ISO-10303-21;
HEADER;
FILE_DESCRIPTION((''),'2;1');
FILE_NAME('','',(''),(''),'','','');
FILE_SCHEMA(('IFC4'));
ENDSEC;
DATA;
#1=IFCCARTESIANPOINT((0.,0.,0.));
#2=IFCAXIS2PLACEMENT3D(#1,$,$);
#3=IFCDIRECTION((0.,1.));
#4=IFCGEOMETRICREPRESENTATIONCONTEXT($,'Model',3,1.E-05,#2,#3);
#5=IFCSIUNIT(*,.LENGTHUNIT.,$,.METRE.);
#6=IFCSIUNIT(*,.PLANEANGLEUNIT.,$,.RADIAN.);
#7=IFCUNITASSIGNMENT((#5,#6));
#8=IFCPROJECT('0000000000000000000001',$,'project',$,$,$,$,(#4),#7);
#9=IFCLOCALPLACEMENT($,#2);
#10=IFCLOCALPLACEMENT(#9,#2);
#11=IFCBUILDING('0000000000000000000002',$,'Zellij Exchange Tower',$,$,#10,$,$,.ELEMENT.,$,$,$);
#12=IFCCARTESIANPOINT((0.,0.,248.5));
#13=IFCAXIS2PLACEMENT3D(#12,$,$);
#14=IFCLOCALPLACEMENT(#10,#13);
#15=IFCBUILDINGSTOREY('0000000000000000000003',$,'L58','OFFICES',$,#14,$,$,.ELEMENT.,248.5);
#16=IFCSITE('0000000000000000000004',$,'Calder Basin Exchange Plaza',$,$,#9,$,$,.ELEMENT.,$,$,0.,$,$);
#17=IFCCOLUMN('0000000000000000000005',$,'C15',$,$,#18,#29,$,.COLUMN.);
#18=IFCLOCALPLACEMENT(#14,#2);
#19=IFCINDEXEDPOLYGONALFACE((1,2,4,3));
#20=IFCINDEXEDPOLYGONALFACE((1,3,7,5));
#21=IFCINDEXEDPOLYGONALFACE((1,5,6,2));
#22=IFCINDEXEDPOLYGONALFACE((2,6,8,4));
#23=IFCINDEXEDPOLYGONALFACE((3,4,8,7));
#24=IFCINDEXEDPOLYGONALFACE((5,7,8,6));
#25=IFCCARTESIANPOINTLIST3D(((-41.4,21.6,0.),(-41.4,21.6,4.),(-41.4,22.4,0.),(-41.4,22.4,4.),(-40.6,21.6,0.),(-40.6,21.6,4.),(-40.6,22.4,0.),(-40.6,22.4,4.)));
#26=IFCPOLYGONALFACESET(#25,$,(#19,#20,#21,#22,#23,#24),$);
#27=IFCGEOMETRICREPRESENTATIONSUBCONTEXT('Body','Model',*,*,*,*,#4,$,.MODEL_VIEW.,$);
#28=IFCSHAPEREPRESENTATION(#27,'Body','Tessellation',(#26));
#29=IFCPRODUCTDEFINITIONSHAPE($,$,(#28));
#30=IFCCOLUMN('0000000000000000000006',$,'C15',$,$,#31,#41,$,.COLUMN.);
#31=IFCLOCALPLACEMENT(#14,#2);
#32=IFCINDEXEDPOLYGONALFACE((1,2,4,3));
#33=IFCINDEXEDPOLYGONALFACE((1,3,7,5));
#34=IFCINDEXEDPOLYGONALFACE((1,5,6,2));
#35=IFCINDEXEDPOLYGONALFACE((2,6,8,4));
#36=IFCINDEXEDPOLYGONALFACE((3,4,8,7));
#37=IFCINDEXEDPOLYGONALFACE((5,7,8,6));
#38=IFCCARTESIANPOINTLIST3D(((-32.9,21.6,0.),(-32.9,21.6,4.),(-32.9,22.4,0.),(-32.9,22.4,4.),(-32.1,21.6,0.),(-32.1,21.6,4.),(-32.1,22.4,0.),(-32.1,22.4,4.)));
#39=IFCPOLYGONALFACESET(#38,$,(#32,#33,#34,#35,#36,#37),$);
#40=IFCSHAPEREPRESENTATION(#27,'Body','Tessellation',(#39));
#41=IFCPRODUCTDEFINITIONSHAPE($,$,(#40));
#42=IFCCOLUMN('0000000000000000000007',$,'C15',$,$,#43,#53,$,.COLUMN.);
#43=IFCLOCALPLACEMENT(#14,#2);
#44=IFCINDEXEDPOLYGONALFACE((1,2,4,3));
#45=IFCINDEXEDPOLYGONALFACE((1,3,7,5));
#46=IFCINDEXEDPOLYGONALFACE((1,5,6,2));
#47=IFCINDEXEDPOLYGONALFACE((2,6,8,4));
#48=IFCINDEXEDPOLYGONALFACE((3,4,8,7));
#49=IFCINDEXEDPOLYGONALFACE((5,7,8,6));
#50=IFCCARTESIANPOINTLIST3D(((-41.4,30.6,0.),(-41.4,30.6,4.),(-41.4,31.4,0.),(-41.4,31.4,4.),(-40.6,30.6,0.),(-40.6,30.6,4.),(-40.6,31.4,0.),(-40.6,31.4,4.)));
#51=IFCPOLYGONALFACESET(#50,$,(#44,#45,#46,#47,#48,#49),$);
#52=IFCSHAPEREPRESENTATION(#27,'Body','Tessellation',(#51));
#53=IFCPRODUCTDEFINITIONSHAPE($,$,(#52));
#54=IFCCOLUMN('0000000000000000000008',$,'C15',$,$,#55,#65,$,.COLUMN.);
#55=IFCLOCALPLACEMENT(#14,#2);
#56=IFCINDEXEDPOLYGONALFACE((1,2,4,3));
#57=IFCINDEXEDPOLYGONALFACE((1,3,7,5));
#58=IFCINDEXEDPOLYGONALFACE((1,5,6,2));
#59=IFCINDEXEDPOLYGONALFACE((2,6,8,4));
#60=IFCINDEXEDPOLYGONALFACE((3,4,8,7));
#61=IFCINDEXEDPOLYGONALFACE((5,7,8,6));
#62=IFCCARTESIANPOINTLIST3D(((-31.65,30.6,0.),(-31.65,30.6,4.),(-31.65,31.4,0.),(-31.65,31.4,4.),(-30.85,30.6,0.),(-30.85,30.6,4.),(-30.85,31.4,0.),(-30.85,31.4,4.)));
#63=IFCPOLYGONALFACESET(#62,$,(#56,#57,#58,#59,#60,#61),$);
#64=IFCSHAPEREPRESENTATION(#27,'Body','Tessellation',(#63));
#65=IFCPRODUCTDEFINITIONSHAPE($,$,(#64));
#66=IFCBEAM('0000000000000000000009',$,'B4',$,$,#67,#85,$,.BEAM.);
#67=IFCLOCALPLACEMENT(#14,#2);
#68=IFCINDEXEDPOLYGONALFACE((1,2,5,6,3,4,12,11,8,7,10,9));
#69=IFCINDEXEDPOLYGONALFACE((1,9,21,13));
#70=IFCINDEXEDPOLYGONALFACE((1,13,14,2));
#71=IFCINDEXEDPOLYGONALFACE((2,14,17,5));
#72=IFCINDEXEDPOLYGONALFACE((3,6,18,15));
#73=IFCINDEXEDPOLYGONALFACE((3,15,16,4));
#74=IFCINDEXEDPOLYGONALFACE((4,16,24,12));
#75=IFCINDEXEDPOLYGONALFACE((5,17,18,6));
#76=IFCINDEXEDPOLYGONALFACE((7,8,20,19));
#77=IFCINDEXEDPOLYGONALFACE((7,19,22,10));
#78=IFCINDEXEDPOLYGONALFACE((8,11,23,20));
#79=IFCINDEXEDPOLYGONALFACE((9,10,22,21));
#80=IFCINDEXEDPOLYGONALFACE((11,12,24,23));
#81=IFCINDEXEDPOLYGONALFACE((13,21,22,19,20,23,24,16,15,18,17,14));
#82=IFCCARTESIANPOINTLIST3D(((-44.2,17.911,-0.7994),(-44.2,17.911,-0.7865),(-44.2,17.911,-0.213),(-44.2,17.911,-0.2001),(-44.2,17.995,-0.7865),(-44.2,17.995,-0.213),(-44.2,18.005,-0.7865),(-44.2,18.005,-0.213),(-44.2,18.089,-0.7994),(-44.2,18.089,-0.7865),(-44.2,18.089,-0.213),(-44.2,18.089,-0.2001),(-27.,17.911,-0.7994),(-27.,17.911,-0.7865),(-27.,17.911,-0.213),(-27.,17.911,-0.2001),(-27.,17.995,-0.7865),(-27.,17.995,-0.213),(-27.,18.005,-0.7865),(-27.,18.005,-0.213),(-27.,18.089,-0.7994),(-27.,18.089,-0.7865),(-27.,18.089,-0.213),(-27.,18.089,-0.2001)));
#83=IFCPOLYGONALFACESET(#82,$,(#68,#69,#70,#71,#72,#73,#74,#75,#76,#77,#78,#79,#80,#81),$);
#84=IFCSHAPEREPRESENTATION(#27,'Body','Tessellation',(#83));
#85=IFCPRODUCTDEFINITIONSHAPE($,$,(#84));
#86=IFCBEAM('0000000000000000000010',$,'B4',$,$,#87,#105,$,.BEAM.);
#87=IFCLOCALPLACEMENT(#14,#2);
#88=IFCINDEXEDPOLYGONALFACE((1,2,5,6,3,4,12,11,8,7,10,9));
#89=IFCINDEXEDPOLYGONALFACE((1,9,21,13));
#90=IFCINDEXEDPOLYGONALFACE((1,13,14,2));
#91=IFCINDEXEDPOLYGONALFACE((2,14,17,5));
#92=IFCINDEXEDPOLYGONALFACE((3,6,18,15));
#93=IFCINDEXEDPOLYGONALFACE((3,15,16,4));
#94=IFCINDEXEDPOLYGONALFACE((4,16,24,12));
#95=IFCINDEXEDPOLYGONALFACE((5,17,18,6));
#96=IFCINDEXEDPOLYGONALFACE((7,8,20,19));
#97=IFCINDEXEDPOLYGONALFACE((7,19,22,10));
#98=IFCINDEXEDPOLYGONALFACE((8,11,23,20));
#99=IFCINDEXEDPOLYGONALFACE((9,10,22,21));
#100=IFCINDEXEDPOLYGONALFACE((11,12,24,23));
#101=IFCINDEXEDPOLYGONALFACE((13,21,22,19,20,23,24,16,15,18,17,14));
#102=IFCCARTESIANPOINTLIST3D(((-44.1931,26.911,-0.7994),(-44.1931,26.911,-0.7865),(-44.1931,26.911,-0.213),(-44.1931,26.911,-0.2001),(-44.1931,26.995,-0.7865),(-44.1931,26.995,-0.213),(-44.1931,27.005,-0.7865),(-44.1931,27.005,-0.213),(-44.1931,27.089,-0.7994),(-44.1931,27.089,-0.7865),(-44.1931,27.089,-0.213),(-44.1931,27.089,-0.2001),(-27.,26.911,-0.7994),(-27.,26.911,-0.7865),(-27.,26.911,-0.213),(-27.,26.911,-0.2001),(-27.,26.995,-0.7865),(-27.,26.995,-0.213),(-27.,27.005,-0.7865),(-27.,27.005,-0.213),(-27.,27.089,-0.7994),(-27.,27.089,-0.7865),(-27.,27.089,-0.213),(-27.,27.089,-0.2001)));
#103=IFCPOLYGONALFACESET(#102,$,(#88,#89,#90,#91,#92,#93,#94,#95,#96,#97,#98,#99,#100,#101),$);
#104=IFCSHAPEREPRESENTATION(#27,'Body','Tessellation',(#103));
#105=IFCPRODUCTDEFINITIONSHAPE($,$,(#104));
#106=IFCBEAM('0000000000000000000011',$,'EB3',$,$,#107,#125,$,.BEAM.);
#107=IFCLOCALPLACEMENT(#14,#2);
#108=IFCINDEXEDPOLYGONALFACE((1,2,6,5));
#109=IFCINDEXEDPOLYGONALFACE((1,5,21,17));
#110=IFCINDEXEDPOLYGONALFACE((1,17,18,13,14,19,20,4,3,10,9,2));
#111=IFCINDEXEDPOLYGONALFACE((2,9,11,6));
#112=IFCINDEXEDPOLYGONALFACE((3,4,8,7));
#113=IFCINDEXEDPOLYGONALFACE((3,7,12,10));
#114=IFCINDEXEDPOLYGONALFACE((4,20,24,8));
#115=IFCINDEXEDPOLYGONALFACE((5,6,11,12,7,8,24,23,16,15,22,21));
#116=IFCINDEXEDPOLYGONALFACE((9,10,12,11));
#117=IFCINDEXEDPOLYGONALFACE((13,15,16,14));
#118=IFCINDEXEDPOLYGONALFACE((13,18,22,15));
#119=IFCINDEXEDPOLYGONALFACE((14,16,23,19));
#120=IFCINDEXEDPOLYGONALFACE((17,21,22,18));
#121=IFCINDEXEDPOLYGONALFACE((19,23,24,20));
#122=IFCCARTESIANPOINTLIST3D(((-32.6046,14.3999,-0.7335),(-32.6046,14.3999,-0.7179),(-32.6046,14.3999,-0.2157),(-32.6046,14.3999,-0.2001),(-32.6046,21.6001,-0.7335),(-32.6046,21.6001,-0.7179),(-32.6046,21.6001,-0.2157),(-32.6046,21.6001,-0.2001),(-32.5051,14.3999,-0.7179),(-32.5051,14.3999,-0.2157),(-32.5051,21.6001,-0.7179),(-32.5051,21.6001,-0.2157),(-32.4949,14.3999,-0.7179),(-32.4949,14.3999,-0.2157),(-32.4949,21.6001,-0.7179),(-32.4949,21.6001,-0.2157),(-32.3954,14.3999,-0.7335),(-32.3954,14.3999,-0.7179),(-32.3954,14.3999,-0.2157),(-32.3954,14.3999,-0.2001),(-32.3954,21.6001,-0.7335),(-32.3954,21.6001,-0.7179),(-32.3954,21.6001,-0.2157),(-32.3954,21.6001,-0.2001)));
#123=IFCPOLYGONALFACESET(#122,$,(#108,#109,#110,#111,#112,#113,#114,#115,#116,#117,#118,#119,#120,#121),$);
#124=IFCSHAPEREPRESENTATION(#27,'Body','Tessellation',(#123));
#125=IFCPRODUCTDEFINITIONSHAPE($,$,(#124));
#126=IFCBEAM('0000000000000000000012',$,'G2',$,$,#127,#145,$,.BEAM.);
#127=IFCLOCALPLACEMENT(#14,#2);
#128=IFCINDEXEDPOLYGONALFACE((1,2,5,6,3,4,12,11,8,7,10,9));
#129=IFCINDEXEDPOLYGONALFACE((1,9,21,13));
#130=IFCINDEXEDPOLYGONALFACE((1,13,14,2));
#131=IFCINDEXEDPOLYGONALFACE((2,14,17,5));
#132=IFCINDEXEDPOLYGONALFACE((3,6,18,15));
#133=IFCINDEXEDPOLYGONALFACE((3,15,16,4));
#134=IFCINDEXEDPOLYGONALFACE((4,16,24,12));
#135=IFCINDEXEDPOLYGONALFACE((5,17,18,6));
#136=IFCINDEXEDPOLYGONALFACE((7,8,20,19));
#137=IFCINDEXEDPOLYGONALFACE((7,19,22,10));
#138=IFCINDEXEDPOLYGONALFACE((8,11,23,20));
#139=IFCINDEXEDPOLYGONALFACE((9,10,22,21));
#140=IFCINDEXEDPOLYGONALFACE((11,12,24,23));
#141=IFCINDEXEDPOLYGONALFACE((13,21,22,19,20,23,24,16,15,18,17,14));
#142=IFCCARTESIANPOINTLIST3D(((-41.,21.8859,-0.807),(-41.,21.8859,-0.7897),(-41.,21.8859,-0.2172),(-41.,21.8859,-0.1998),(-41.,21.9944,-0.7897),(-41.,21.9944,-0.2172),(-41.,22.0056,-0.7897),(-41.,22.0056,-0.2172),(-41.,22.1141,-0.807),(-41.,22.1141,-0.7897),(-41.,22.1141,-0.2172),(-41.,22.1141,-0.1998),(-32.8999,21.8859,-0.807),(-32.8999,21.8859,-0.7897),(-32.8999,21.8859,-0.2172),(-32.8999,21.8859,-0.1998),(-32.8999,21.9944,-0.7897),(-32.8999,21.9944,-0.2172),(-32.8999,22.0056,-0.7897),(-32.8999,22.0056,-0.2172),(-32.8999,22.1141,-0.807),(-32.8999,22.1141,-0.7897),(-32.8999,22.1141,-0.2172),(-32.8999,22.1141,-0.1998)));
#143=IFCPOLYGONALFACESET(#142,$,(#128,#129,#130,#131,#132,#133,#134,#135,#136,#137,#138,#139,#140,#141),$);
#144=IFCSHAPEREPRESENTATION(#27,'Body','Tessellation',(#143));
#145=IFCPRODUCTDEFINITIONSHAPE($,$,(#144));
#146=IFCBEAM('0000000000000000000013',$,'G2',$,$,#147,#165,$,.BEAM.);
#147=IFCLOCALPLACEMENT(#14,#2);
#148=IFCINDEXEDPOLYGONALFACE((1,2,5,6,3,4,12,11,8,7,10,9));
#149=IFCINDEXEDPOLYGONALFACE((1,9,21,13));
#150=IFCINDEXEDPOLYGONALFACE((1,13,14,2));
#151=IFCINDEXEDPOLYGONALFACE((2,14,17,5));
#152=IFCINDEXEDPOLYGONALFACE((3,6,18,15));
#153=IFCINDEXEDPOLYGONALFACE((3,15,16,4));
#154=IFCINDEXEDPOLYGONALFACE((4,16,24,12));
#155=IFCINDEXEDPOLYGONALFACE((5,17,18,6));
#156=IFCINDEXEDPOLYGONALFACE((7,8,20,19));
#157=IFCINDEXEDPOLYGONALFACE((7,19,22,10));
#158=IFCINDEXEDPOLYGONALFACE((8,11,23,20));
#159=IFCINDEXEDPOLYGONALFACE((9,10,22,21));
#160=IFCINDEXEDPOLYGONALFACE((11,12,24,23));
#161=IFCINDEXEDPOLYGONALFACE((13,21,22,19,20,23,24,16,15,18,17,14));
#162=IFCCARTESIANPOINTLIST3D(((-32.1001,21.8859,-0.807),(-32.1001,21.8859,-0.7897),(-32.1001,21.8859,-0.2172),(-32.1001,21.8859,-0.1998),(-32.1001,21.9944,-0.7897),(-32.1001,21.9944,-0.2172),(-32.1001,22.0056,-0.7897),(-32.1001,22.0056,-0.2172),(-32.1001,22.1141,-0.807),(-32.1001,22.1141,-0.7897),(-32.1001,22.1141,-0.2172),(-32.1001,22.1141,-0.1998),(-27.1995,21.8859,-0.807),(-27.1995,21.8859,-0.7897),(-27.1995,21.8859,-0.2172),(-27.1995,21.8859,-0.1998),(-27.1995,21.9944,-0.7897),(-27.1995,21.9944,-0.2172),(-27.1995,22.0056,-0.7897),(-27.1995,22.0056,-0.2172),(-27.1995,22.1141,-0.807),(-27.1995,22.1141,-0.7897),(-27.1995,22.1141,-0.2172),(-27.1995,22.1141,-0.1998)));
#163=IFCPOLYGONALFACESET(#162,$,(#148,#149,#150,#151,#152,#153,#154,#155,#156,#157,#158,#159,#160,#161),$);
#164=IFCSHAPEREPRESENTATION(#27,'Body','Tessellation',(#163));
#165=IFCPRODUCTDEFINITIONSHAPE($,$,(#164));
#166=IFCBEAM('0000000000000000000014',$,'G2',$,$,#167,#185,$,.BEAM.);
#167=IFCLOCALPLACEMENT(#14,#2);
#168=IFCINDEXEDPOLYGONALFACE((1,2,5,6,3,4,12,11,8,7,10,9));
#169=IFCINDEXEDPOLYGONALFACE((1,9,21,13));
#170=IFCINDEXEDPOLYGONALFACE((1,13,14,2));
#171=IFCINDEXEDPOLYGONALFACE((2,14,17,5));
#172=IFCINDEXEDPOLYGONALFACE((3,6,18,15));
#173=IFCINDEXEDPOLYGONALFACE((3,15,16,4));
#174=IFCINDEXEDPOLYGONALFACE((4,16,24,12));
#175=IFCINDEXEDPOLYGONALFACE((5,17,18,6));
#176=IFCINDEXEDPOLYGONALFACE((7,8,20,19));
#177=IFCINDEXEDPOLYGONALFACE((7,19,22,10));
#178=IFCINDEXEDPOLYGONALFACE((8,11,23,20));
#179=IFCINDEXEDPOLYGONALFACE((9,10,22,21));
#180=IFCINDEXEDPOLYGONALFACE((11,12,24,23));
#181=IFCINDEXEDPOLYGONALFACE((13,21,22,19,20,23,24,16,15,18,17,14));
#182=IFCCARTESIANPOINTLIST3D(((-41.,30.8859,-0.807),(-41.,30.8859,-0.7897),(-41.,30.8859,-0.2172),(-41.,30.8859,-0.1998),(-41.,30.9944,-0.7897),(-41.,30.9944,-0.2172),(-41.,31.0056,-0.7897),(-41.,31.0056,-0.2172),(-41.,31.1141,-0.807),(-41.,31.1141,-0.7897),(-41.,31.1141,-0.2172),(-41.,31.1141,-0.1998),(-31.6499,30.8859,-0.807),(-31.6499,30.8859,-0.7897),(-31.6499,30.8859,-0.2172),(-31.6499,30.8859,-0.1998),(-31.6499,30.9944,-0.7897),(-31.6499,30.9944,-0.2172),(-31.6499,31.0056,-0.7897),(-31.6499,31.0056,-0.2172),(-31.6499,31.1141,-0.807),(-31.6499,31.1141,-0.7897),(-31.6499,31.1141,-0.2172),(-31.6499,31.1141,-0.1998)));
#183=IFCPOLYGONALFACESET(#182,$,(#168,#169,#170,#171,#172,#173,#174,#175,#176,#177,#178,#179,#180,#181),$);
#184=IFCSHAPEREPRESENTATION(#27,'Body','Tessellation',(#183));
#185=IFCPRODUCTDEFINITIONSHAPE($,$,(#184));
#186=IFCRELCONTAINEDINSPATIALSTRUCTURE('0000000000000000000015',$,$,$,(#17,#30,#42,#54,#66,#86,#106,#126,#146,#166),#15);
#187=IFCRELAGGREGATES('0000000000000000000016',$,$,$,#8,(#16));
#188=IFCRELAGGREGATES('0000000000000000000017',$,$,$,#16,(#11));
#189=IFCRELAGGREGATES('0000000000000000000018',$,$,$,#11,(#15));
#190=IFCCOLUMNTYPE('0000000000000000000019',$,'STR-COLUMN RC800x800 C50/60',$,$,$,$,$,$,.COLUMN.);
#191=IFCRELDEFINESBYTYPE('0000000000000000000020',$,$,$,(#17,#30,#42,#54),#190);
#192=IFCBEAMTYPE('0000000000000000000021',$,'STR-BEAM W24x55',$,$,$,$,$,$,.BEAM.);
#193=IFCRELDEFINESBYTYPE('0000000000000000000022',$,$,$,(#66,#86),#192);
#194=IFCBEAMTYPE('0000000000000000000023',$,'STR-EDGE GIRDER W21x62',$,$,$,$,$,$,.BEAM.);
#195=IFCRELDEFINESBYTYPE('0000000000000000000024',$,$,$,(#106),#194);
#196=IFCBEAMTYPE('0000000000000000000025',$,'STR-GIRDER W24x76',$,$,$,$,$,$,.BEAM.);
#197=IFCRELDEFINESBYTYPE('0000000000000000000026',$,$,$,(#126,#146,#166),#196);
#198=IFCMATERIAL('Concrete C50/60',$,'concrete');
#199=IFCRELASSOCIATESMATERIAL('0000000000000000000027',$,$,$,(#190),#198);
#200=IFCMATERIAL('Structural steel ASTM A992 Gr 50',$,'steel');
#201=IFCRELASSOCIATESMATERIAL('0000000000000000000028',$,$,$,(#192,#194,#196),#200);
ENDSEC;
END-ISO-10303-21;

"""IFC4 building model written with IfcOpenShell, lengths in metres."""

from ifc_helpers import new_model, si_unit, direction, frame, origin, origin_2d, place, context, subcontext, project, spatial, rectangle, i_section, extrude, material, material_profile, profile_set, type_object, element, save


model = new_model("IFC4")

# Units and contexts
model_context = context("Model", 3, precision=1e-05, world=origin(), true_north=direction((0.0, 1.0)))
body_context = subcontext(model_context, "Body", "Model", "MODEL_VIEW")
ifc_project = project(units=[si_unit("LENGTHUNIT", "METRE"), si_unit("PLANEANGLEUNIT", "RADIAN")], contexts=[model_context])

# Site, building, storey
site_placement = place(None, origin())
site = spatial("IfcSite", under=ifc_project, at=site_placement, Name="Calder Basin Exchange Plaza", CompositionType="ELEMENT", RefElevation=0.0)
building_placement = place(site_placement, origin())
building = spatial("IfcBuilding", under=site, at=building_placement, Name="Zellij Exchange Tower", CompositionType="ELEMENT")
storey_placement = place(building_placement, frame((0.0, 0.0, 248.5)))
storey = spatial("IfcBuildingStorey", under=building, at=storey_placement, Name="L58", Description="OFFICES", CompositionType="ELEMENT", Elevation=248.5)

# Columns
ifc_material_1 = material(Name="Concrete C50/60", Category="concrete")
ifc_material_profile_1 = material_profile(ifc_material_1, rectangle(XDim=0.8, YDim=0.8, at=origin_2d()), Name="STR-COLUMN RC800x800 C50/60")
ifc_profile_set_1 = profile_set([ifc_material_profile_1], Name="Concrete C50/60")
column_type = type_object("IfcColumnType", Name="STR-COLUMN RC800x800 C50/60", PredefinedType="COLUMN", material=ifc_profile_set_1)
for number, where, z_axis, x_axis, name in (
    (1, (-41.0, 22.0, 0.0), (0.0, 0.0, 1.0), (1.0, 0.0, 0.0), "C15"),
    (2, (-32.5, 22.0, 0.0), (0.0, 0.0, 1.0), (1.0, 0.0, 0.0), "C15"),
    (3, (-41.0, 31.0, 0.0), (0.0, 0.0, 1.0), (1.0, 0.0, 0.0), "C15"),
    (4, (-31.25, 31.0, 0.0), (0.0, 0.0, 1.0), (1.0, 0.0, 0.0), "C15"),
):
    element("IfcColumn", number, at=place(storey_placement, frame(where, z_axis=z_axis, x_axis=x_axis)), inside=storey, type_object=column_type, Name=name, PredefinedType="COLUMN", context=body_context, shape_type="SweptSolid", body=[
        extrude(rectangle(XDim=0.8, YDim=0.8, at=origin_2d()), origin(), (0.0, 0.0, 1.0), 4.0),
    ])

# Beams
ifc_material_2 = material(Name="Structural steel ASTM A992 Gr 50", Category="steel")
ifc_material_profile_2 = material_profile(ifc_material_2, i_section(OverallWidth=0.178, OverallDepth=0.5994, WebThickness=0.01, FlangeThickness=0.0129, at=origin_2d()), Name="W24x55")
ifc_profile_set_2 = profile_set([ifc_material_profile_2], Name="Structural steel ASTM A992 Gr 50")
beam_type_1 = type_object("IfcBeamType", Name="STR-BEAM W24x55", PredefinedType="BEAM", material=ifc_profile_set_2)
beam_1_placement = place(storey_placement, frame((-44.2, 18.0, -0.4998), z_axis=(1.0, 0.0, 0.0), x_axis=(0.0, 1.0, 0.0)))
element("IfcBeam", 5, at=beam_1_placement, inside=storey, type_object=beam_type_1, Name="B4", PredefinedType="BEAM", context=body_context, shape_type="SweptSolid", body=[
    extrude(i_section(OverallWidth=0.178, OverallDepth=0.5994, WebThickness=0.01, FlangeThickness=0.0129, at=origin_2d()), origin(), (0.0, 0.0, 1.0), 17.2),
])
beam_2_placement = place(storey_placement, frame((-44.1931, 27.0, -0.4998), z_axis=(1.0, 0.0, 0.0), x_axis=(0.0, 1.0, 0.0)))
element("IfcBeam", 6, at=beam_2_placement, inside=storey, type_object=beam_type_1, Name="B4", PredefinedType="BEAM", context=body_context, shape_type="SweptSolid", body=[
    extrude(i_section(OverallWidth=0.178, OverallDepth=0.5994, WebThickness=0.01, FlangeThickness=0.0129, at=origin_2d()), origin(), (0.0, 0.0, 1.0), 17.1931),
])
ifc_material_profile_3 = material_profile(ifc_material_2, i_section(OverallWidth=0.2092, OverallDepth=0.5334, WebThickness=0.0103, FlangeThickness=0.0156, at=origin_2d()), Name="W21x62")
ifc_profile_set_3 = profile_set([ifc_material_profile_3], Name="Structural steel ASTM A992 Gr 50")
beam_type_2 = type_object("IfcBeamType", Name="STR-EDGE GIRDER W21x62", PredefinedType="BEAM", material=ifc_profile_set_3)
beam_3_placement = place(storey_placement, frame((-32.5, 14.3999, -0.4668), z_axis=(0.0, 1.0, 0.0), x_axis=(-1.0, 0.0, 0.0)))
element("IfcBeam", 7, at=beam_3_placement, inside=storey, type_object=beam_type_2, Name="EB3", PredefinedType="BEAM", context=body_context, shape_type="SweptSolid", body=[
    extrude(i_section(OverallWidth=0.2092, OverallDepth=0.5334, WebThickness=0.0103, FlangeThickness=0.0156, at=origin_2d()), origin(), (0.0, 0.0, 1.0), 7.2002),
])
ifc_material_profile_4 = material_profile(ifc_material_2, i_section(OverallWidth=0.2283, OverallDepth=0.6072, WebThickness=0.0112, FlangeThickness=0.0173, at=origin_2d()), Name="W24x76")
ifc_profile_set_4 = profile_set([ifc_material_profile_4], Name="Structural steel ASTM A992 Gr 50")
beam_type_3 = type_object("IfcBeamType", Name="STR-GIRDER W24x76", PredefinedType="BEAM", material=ifc_profile_set_4)
beam_4_placement = place(storey_placement, frame((-41.0, 22.0, -0.5034), z_axis=(1.0, 0.0, 0.0), x_axis=(0.0, 1.0, 0.0)))
element("IfcBeam", 8, at=beam_4_placement, inside=storey, type_object=beam_type_3, Name="G2", PredefinedType="BEAM", context=body_context, shape_type="SweptSolid", body=[
    extrude(i_section(OverallWidth=0.2283, OverallDepth=0.6072, WebThickness=0.0112, FlangeThickness=0.0173, at=origin_2d()), origin(), (0.0, 0.0, 1.0), 8.1001),
])
beam_5_placement = place(storey_placement, frame((-32.1001, 22.0, -0.5034), z_axis=(1.0, 0.0, 0.0), x_axis=(0.0, 1.0, 0.0)))
element("IfcBeam", 9, at=beam_5_placement, inside=storey, type_object=beam_type_3, Name="G2", PredefinedType="BEAM", context=body_context, shape_type="SweptSolid", body=[
    extrude(i_section(OverallWidth=0.2283, OverallDepth=0.6072, WebThickness=0.0112, FlangeThickness=0.0173, at=origin_2d()), origin(), (0.0, 0.0, 1.0), 4.9006),
])
beam_6_placement = place(storey_placement, frame((-41.0, 31.0, -0.5034), z_axis=(1.0, 0.0, 0.0), x_axis=(0.0, 1.0, 0.0)))
element("IfcBeam", 10, at=beam_6_placement, inside=storey, type_object=beam_type_3, Name="G2", PredefinedType="BEAM", context=body_context, shape_type="SweptSolid", body=[
    extrude(i_section(OverallWidth=0.2283, OverallDepth=0.6072, WebThickness=0.0112, FlangeThickness=0.0173, at=origin_2d()), origin(), (0.0, 0.0, 1.0), 9.3501),
])

save(model, "model.ifc")
